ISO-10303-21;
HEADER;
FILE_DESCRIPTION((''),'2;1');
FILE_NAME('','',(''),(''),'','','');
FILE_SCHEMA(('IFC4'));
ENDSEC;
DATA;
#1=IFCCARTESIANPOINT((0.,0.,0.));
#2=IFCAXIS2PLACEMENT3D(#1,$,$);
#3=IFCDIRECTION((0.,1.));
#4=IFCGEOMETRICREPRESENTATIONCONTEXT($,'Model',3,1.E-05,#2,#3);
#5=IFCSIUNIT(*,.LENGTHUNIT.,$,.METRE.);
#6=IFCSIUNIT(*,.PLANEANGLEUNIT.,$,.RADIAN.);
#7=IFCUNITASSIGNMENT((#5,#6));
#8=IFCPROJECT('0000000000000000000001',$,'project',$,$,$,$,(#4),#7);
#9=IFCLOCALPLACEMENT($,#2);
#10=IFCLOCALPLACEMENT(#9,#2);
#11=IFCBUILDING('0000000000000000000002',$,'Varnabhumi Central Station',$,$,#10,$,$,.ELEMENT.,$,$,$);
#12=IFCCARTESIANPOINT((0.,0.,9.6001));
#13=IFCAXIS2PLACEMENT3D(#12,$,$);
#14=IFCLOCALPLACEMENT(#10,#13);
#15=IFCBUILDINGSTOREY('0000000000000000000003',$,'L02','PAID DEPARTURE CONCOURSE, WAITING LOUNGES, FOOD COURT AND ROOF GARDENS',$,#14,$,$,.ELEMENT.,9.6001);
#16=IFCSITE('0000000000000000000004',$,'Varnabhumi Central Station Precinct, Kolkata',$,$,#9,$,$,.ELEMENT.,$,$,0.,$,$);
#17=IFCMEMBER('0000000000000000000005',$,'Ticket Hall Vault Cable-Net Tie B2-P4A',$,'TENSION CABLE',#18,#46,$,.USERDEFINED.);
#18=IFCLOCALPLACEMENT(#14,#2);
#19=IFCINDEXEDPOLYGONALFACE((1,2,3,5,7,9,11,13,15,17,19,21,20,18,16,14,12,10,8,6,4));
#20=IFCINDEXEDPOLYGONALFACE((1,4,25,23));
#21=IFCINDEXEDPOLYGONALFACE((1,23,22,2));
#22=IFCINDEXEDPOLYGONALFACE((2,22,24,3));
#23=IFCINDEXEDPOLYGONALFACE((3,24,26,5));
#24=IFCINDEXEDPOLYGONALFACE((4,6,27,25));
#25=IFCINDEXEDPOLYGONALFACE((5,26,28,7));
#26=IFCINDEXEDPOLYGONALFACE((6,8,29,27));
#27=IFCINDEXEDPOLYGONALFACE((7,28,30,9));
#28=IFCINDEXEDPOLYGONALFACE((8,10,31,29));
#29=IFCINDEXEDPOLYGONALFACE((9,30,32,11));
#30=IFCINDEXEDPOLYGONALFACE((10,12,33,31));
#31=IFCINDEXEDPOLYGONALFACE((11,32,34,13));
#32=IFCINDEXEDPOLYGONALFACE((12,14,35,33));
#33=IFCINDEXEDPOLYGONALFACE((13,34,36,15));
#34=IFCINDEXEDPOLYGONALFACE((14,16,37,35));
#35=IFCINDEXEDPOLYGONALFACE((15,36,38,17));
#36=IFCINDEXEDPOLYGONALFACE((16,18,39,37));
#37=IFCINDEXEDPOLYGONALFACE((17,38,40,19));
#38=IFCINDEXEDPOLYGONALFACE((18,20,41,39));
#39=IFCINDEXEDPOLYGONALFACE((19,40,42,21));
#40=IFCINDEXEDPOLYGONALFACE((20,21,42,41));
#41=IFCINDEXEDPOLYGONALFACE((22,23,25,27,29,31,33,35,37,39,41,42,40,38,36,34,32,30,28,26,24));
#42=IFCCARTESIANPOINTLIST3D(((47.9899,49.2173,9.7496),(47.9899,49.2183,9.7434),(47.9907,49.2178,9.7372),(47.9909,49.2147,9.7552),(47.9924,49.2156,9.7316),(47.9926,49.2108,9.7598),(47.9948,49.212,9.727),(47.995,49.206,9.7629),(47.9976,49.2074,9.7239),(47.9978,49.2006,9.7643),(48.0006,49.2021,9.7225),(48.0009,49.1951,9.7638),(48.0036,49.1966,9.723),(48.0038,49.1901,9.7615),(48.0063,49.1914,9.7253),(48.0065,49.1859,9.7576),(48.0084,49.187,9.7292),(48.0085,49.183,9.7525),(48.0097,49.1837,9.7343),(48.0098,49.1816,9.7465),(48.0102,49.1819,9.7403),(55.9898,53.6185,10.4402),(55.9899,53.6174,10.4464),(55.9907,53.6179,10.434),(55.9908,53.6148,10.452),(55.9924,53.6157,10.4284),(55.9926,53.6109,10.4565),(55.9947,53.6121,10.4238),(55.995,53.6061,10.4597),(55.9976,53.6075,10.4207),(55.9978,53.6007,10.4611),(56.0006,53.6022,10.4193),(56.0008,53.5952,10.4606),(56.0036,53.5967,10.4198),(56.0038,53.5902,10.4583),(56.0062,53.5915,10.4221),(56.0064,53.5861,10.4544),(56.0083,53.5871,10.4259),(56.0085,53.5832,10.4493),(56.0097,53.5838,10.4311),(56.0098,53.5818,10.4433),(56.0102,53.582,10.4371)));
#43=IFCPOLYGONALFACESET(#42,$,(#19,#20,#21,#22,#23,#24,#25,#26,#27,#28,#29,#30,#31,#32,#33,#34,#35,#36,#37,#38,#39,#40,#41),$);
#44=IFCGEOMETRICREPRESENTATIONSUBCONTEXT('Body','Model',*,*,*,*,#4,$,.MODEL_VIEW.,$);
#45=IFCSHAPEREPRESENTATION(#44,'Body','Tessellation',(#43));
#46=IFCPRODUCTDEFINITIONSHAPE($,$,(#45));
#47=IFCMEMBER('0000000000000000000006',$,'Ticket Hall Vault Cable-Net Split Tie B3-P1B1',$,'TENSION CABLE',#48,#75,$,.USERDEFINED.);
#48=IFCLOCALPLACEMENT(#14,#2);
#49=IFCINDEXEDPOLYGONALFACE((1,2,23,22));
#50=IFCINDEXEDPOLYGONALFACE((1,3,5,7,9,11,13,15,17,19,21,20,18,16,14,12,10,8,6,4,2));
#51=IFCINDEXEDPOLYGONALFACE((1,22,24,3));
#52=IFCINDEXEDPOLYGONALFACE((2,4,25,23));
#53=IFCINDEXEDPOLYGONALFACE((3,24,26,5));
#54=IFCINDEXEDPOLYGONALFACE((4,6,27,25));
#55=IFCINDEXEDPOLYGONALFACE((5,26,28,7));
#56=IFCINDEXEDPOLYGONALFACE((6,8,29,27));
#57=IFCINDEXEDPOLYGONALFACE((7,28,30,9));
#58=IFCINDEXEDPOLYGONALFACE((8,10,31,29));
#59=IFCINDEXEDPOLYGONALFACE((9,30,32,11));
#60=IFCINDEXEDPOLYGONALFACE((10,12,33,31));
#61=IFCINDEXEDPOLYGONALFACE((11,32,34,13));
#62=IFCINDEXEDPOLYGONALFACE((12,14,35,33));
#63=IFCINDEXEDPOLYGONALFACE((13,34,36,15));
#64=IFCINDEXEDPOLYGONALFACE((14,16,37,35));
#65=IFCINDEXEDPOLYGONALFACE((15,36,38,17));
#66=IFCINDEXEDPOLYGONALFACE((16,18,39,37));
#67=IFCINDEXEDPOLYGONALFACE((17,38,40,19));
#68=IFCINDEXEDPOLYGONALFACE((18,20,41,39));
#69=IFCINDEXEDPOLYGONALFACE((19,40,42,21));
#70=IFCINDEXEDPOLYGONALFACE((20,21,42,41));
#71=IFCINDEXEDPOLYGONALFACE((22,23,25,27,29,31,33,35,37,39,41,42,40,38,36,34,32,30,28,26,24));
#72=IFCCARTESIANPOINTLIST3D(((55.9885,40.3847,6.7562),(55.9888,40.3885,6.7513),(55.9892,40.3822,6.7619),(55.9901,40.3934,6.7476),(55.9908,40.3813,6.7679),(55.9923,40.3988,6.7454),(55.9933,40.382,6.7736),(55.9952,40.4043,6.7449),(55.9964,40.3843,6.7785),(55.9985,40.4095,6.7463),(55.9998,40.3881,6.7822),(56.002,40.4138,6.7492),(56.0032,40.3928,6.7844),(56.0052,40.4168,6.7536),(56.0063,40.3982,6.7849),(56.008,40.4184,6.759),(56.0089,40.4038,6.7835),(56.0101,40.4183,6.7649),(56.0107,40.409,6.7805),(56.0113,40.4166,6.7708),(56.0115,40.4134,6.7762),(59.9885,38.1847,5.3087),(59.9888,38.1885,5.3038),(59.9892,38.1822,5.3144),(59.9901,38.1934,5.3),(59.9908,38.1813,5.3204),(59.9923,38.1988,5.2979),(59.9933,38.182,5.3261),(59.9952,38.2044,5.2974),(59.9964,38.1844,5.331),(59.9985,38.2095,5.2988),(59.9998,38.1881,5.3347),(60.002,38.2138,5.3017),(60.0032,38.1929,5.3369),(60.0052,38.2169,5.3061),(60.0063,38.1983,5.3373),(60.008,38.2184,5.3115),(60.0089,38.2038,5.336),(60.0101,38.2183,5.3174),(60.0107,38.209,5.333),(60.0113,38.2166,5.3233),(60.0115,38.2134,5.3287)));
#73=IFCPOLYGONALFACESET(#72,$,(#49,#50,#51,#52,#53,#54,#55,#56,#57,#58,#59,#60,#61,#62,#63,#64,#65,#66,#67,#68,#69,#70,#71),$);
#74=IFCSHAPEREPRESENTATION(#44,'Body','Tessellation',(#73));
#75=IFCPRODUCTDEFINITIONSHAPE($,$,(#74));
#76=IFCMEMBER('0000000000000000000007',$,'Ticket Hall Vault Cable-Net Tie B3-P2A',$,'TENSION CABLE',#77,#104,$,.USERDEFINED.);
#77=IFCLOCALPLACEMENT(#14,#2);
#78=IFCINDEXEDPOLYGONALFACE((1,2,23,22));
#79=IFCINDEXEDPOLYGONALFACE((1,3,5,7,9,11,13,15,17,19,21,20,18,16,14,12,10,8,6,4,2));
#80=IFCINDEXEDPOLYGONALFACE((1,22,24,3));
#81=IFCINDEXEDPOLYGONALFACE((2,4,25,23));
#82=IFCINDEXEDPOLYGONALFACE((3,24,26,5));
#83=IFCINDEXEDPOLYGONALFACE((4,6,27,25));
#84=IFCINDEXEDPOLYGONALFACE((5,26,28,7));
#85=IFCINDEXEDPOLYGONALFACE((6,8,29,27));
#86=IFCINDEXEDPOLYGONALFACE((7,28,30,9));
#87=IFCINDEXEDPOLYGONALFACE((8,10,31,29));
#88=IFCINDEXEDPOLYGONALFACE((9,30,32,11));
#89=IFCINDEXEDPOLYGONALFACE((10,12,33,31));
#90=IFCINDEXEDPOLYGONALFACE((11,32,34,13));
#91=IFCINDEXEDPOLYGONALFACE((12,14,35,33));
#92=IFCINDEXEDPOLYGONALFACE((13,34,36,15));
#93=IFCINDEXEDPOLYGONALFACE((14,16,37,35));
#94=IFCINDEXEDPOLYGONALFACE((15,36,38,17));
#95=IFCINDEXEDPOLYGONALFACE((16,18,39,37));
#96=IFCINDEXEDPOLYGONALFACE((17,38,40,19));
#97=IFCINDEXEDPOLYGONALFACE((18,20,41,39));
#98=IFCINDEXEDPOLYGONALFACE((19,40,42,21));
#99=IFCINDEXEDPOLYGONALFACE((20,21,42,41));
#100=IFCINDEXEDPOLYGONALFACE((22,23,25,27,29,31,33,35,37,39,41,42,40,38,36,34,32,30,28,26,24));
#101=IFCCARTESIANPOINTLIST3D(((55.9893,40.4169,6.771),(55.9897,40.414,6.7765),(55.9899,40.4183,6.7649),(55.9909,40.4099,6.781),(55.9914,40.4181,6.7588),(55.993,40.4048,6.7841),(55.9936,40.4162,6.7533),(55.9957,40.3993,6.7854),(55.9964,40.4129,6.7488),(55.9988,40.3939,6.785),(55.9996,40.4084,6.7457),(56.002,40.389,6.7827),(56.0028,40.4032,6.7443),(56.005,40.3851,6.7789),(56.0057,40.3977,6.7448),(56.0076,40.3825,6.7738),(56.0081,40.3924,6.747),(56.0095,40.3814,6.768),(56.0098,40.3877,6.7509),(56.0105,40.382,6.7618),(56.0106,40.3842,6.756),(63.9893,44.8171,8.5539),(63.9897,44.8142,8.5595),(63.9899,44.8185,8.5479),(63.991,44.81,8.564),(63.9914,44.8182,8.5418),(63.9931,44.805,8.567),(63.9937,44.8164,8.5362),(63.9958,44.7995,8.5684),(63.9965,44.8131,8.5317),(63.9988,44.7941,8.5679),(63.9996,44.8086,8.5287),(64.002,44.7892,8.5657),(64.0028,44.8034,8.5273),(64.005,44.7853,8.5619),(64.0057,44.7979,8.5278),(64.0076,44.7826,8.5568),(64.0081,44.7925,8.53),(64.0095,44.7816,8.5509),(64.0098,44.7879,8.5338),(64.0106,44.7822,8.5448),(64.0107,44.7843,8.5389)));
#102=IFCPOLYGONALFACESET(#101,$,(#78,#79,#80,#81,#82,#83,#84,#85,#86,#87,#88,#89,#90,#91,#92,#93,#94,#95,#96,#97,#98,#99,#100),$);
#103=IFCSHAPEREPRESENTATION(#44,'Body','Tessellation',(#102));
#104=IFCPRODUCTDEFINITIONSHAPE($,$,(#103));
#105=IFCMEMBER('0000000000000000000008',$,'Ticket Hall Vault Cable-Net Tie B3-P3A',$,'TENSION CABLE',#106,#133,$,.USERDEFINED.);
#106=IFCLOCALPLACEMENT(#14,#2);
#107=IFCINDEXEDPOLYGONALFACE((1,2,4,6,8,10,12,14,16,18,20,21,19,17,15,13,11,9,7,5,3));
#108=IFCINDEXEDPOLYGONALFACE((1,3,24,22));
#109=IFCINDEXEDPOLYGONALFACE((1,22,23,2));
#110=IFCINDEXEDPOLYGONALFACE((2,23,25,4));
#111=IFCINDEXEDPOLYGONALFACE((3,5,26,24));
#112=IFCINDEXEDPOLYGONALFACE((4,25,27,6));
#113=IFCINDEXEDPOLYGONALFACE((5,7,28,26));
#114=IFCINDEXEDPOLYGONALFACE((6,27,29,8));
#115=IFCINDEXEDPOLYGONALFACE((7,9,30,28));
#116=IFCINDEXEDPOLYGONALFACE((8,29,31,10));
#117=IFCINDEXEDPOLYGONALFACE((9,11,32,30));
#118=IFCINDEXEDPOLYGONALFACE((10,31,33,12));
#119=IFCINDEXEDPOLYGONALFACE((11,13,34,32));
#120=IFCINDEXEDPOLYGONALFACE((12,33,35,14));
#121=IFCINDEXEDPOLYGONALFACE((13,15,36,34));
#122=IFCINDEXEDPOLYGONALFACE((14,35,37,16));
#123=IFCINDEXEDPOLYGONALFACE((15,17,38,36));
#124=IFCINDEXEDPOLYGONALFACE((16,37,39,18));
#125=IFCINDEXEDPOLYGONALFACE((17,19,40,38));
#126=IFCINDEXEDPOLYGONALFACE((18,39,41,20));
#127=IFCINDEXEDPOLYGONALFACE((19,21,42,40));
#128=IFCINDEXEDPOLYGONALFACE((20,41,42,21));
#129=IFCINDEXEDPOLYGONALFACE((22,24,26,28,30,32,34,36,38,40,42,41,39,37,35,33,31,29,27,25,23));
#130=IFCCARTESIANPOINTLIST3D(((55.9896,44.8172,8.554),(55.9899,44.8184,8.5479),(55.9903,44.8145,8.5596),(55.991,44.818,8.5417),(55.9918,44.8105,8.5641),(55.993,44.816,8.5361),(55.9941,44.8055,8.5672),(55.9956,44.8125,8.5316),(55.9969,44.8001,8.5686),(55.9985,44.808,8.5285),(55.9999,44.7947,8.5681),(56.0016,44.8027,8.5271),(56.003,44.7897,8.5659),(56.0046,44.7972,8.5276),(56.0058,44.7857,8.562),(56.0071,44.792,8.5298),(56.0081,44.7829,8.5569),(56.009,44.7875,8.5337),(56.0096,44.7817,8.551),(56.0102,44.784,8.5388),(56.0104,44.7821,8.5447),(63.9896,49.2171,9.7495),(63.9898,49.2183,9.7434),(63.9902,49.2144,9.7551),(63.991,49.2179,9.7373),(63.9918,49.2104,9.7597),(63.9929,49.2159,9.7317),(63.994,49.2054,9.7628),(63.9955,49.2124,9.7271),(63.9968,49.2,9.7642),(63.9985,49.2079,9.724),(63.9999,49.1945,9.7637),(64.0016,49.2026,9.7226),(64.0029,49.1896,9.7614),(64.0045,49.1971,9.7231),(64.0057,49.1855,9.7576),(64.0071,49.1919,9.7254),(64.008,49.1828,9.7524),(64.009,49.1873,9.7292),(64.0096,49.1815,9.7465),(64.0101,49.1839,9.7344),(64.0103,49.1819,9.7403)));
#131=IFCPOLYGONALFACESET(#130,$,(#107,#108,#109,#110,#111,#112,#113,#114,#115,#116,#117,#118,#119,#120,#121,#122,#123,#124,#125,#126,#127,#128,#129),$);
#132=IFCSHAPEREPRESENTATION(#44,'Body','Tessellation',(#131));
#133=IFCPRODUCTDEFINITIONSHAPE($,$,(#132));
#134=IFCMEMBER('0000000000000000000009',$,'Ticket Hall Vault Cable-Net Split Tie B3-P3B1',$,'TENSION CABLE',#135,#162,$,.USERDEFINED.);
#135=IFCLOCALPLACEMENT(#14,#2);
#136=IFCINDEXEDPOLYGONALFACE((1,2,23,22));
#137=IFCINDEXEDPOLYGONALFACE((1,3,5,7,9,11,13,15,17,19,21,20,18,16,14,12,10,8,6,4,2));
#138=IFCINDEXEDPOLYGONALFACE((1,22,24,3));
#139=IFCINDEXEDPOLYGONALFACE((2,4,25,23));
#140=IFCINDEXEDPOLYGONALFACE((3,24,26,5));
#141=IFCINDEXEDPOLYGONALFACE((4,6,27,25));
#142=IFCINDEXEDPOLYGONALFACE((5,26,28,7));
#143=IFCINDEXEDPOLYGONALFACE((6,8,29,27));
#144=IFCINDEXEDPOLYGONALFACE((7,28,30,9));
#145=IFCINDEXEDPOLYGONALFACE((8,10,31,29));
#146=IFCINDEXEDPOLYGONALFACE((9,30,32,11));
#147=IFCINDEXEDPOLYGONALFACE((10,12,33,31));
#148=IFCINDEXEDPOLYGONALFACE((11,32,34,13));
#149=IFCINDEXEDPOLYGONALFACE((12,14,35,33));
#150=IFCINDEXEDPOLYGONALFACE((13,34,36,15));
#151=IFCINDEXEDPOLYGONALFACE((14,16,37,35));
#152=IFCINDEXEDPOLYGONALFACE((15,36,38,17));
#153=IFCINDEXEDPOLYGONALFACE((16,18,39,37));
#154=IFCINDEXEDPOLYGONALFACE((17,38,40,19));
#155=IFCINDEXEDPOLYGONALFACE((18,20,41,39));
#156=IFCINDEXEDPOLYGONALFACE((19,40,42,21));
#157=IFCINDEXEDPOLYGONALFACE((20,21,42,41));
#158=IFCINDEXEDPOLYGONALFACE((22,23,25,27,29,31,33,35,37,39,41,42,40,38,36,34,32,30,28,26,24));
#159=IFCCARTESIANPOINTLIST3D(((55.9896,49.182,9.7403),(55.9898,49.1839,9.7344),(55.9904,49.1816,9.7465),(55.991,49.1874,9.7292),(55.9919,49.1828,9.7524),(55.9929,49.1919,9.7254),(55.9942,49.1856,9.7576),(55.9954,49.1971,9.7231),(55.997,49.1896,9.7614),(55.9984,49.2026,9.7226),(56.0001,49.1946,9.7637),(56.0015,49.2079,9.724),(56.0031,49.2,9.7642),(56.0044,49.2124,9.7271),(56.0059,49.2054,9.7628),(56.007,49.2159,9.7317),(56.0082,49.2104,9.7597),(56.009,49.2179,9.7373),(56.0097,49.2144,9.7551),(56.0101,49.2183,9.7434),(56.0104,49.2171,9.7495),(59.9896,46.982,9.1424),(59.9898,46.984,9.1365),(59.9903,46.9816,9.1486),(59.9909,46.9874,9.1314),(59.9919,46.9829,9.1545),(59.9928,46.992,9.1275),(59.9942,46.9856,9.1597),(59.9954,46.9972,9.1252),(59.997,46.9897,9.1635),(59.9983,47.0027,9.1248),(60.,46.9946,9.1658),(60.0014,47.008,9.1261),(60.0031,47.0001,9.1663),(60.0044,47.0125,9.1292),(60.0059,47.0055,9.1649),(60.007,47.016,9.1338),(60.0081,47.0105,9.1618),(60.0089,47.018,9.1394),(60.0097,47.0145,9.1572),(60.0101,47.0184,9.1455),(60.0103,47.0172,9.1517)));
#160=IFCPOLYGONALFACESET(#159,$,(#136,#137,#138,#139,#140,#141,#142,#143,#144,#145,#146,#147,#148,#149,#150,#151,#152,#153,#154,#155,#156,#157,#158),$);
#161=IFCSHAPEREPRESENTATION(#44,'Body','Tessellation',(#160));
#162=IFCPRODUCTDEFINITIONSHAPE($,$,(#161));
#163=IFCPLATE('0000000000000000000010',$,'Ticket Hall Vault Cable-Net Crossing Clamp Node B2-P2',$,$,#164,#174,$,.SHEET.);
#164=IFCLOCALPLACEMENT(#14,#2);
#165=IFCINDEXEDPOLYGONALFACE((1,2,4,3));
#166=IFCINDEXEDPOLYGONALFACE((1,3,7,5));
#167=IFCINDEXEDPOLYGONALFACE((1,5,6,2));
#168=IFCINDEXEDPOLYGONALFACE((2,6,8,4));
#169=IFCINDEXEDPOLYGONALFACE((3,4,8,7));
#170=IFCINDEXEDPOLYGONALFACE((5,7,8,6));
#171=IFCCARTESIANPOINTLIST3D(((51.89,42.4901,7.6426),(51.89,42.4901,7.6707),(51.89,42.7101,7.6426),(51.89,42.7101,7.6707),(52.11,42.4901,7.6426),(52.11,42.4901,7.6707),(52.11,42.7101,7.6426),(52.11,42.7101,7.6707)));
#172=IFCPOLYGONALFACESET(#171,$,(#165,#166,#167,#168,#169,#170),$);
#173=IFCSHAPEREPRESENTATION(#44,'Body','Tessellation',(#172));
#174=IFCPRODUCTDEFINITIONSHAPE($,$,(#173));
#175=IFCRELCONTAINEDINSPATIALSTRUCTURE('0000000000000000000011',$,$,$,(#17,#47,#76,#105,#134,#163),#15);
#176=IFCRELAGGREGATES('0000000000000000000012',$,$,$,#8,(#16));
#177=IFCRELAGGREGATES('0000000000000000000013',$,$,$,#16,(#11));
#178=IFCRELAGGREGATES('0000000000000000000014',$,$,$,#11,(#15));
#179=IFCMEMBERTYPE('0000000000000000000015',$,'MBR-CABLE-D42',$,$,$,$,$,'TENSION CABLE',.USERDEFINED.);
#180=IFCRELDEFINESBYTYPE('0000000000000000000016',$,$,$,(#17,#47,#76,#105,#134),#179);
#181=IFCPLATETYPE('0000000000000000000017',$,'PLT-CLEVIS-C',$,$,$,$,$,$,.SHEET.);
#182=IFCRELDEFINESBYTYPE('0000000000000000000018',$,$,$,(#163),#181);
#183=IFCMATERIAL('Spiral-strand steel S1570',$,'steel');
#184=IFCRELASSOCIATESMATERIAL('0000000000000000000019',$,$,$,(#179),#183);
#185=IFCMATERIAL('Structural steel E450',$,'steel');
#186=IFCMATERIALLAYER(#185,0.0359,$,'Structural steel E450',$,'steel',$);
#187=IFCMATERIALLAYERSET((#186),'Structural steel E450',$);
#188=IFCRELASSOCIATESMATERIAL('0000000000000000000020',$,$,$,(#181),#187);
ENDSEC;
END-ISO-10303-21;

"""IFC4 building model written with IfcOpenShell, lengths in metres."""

from ifc_helpers import new_model, si_unit, direction, frame, origin, origin_2d, place, context, subcontext, project, spatial, rectangle, circle, extrude, material, layer, layer_set, material_profile, profile_set, type_object, element, save


model = new_model("IFC4")

# Units and contexts
model_context = context("Model", 3, precision=1e-05, world=origin(), true_north=direction((0.0, 1.0)))
body_context = subcontext(model_context, "Body", "Model", "MODEL_VIEW")
ifc_project = project(units=[si_unit("LENGTHUNIT", "METRE"), si_unit("PLANEANGLEUNIT", "RADIAN")], contexts=[model_context])

# Site, building, storey
site_placement = place(None, origin())
site = spatial("IfcSite", under=ifc_project, at=site_placement, Name="Varnabhumi Central Station Precinct, Kolkata", CompositionType="ELEMENT", RefElevation=0.0)
building_placement = place(site_placement, origin())
building = spatial("IfcBuilding", under=site, at=building_placement, Name="Varnabhumi Central Station", CompositionType="ELEMENT")
storey_placement = place(building_placement, frame((0.0, 0.0, 9.6001)))
storey = spatial("IfcBuildingStorey", under=building, at=storey_placement, Name="L02", Description="PAID DEPARTURE CONCOURSE, WAITING LOUNGES, FOOD COURT AND ROOF GARDENS", CompositionType="ELEMENT", Elevation=9.6001)

# Shared definitions
ifc_material_1 = material(Name="Structural steel E450", Category="steel")

# Members
ifc_material_2 = material(Name="Spiral-strand steel S1570", Category="steel")
ifc_material_profile_1 = material_profile(ifc_material_2, circle(Radius=0.021, at=origin_2d()), Name="Spiral-strand steel S1570", Category="steel")
ifc_profile_set_1 = profile_set([ifc_material_profile_1], Name="Spiral-strand steel S1570")
member_type = type_object("IfcMemberType", Name="MBR-CABLE-D42", ElementType="TENSION CABLE", PredefinedType="USERDEFINED", material=ifc_profile_set_1)
member_1_placement = place(storey_placement, frame((48.0, 49.2, 9.7434), z_axis=(0.873669, 0.480534, 0.076094), x_axis=(-0.481931, 0.876209, 0.0)))
element("IfcMember", 1, at=member_1_placement, inside=storey, type_object=member_type, Name="Ticket Hall Vault Cable-Net Tie B2-P4A", ObjectType="TENSION CABLE", PredefinedType="USERDEFINED", context=body_context, shape_type="SweptSolid", body=[
    extrude(circle(Radius=0.021, at=origin_2d()), origin(), (0.0, 0.0, 1.0), 9.1567),
])
member_2_placement = place(storey_placement, frame((56.0, 40.3999, 6.7649), z_axis=(0.835237, -0.45937, -0.302254), x_axis=(0.481911, 0.87622, 0.0)))
element("IfcMember", 2, at=member_2_placement, inside=storey, type_object=member_type, Name="Ticket Hall Vault Cable-Net Split Tie B3-P1B1", ObjectType="TENSION CABLE", PredefinedType="USERDEFINED", context=body_context, shape_type="SweptSolid", body=[
    extrude(circle(Radius=0.021, at=origin_2d()), origin(), (0.0, 0.0, 1.0), 4.7891),
])
member_3_placement = place(storey_placement, frame((56.0, 40.3999, 6.7649), z_axis=(0.859965, 0.472997, 0.19166), x_axis=(-0.481931, 0.876209, 0.0)))
element("IfcMember", 3, at=member_3_placement, inside=storey, type_object=member_type, Name="Ticket Hall Vault Cable-Net Tie B3-P2A", ObjectType="TENSION CABLE", PredefinedType="USERDEFINED", context=body_context, shape_type="SweptSolid", body=[
    extrude(circle(Radius=0.021, at=origin_2d()), origin(), (0.0, 0.0, 1.0), 9.3027),
])
member_4_placement = place(storey_placement, frame((56.0, 44.8, 8.5479), z_axis=(0.868803, 0.477831, 0.129838), x_axis=(-0.481911, 0.87622, 0.0)))
element("IfcMember", 4, at=member_4_placement, inside=storey, type_object=member_type, Name="Ticket Hall Vault Cable-Net Tie B3-P3A", ObjectType="TENSION CABLE", PredefinedType="USERDEFINED", context=body_context, shape_type="SweptSolid", body=[
    extrude(circle(Radius=0.021, at=origin_2d()), origin(), (0.0, 0.0, 1.0), 9.208),
])
member_5_placement = place(storey_placement, frame((56.0, 49.2, 9.7434), z_axis=(0.8688, -0.47783, -0.129864), x_axis=(0.481911, 0.87622, 0.0)))
element("IfcMember", 5, at=member_5_placement, inside=storey, type_object=member_type, Name="Ticket Hall Vault Cable-Net Split Tie B3-P3B1", ObjectType="TENSION CABLE", PredefinedType="USERDEFINED", context=body_context, shape_type="SweptSolid", body=[
    extrude(circle(Radius=0.021, at=origin_2d()), origin(), (0.0, 0.0, 1.0), 4.604),
])

# Plate
ifc_layer = layer(ifc_material_1, 0.0359, Name="Structural steel E450", Category="steel")
ifc_layer_set = layer_set([ifc_layer], Name="Structural steel E450")
plate_type = type_object("IfcPlateType", Name="PLT-CLEVIS-C", PredefinedType="SHEET", material=ifc_layer_set)
plate_placement = place(storey_placement, frame((52.0, 42.6001, 7.6426), z_axis=(0.0, 0.0, 1.0), x_axis=(1.0, 0.0, 0.0)))
element("IfcPlate", 6, at=plate_placement, inside=storey, type_object=plate_type, Name="Ticket Hall Vault Cable-Net Crossing Clamp Node B2-P2", PredefinedType="SHEET", context=body_context, shape_type="SweptSolid", body=[
    extrude(rectangle(XDim=0.22, YDim=0.22, at=origin_2d()), origin(), (0.0, 0.0, 1.0), 0.0281),
])

save(model, "model.ifc")
